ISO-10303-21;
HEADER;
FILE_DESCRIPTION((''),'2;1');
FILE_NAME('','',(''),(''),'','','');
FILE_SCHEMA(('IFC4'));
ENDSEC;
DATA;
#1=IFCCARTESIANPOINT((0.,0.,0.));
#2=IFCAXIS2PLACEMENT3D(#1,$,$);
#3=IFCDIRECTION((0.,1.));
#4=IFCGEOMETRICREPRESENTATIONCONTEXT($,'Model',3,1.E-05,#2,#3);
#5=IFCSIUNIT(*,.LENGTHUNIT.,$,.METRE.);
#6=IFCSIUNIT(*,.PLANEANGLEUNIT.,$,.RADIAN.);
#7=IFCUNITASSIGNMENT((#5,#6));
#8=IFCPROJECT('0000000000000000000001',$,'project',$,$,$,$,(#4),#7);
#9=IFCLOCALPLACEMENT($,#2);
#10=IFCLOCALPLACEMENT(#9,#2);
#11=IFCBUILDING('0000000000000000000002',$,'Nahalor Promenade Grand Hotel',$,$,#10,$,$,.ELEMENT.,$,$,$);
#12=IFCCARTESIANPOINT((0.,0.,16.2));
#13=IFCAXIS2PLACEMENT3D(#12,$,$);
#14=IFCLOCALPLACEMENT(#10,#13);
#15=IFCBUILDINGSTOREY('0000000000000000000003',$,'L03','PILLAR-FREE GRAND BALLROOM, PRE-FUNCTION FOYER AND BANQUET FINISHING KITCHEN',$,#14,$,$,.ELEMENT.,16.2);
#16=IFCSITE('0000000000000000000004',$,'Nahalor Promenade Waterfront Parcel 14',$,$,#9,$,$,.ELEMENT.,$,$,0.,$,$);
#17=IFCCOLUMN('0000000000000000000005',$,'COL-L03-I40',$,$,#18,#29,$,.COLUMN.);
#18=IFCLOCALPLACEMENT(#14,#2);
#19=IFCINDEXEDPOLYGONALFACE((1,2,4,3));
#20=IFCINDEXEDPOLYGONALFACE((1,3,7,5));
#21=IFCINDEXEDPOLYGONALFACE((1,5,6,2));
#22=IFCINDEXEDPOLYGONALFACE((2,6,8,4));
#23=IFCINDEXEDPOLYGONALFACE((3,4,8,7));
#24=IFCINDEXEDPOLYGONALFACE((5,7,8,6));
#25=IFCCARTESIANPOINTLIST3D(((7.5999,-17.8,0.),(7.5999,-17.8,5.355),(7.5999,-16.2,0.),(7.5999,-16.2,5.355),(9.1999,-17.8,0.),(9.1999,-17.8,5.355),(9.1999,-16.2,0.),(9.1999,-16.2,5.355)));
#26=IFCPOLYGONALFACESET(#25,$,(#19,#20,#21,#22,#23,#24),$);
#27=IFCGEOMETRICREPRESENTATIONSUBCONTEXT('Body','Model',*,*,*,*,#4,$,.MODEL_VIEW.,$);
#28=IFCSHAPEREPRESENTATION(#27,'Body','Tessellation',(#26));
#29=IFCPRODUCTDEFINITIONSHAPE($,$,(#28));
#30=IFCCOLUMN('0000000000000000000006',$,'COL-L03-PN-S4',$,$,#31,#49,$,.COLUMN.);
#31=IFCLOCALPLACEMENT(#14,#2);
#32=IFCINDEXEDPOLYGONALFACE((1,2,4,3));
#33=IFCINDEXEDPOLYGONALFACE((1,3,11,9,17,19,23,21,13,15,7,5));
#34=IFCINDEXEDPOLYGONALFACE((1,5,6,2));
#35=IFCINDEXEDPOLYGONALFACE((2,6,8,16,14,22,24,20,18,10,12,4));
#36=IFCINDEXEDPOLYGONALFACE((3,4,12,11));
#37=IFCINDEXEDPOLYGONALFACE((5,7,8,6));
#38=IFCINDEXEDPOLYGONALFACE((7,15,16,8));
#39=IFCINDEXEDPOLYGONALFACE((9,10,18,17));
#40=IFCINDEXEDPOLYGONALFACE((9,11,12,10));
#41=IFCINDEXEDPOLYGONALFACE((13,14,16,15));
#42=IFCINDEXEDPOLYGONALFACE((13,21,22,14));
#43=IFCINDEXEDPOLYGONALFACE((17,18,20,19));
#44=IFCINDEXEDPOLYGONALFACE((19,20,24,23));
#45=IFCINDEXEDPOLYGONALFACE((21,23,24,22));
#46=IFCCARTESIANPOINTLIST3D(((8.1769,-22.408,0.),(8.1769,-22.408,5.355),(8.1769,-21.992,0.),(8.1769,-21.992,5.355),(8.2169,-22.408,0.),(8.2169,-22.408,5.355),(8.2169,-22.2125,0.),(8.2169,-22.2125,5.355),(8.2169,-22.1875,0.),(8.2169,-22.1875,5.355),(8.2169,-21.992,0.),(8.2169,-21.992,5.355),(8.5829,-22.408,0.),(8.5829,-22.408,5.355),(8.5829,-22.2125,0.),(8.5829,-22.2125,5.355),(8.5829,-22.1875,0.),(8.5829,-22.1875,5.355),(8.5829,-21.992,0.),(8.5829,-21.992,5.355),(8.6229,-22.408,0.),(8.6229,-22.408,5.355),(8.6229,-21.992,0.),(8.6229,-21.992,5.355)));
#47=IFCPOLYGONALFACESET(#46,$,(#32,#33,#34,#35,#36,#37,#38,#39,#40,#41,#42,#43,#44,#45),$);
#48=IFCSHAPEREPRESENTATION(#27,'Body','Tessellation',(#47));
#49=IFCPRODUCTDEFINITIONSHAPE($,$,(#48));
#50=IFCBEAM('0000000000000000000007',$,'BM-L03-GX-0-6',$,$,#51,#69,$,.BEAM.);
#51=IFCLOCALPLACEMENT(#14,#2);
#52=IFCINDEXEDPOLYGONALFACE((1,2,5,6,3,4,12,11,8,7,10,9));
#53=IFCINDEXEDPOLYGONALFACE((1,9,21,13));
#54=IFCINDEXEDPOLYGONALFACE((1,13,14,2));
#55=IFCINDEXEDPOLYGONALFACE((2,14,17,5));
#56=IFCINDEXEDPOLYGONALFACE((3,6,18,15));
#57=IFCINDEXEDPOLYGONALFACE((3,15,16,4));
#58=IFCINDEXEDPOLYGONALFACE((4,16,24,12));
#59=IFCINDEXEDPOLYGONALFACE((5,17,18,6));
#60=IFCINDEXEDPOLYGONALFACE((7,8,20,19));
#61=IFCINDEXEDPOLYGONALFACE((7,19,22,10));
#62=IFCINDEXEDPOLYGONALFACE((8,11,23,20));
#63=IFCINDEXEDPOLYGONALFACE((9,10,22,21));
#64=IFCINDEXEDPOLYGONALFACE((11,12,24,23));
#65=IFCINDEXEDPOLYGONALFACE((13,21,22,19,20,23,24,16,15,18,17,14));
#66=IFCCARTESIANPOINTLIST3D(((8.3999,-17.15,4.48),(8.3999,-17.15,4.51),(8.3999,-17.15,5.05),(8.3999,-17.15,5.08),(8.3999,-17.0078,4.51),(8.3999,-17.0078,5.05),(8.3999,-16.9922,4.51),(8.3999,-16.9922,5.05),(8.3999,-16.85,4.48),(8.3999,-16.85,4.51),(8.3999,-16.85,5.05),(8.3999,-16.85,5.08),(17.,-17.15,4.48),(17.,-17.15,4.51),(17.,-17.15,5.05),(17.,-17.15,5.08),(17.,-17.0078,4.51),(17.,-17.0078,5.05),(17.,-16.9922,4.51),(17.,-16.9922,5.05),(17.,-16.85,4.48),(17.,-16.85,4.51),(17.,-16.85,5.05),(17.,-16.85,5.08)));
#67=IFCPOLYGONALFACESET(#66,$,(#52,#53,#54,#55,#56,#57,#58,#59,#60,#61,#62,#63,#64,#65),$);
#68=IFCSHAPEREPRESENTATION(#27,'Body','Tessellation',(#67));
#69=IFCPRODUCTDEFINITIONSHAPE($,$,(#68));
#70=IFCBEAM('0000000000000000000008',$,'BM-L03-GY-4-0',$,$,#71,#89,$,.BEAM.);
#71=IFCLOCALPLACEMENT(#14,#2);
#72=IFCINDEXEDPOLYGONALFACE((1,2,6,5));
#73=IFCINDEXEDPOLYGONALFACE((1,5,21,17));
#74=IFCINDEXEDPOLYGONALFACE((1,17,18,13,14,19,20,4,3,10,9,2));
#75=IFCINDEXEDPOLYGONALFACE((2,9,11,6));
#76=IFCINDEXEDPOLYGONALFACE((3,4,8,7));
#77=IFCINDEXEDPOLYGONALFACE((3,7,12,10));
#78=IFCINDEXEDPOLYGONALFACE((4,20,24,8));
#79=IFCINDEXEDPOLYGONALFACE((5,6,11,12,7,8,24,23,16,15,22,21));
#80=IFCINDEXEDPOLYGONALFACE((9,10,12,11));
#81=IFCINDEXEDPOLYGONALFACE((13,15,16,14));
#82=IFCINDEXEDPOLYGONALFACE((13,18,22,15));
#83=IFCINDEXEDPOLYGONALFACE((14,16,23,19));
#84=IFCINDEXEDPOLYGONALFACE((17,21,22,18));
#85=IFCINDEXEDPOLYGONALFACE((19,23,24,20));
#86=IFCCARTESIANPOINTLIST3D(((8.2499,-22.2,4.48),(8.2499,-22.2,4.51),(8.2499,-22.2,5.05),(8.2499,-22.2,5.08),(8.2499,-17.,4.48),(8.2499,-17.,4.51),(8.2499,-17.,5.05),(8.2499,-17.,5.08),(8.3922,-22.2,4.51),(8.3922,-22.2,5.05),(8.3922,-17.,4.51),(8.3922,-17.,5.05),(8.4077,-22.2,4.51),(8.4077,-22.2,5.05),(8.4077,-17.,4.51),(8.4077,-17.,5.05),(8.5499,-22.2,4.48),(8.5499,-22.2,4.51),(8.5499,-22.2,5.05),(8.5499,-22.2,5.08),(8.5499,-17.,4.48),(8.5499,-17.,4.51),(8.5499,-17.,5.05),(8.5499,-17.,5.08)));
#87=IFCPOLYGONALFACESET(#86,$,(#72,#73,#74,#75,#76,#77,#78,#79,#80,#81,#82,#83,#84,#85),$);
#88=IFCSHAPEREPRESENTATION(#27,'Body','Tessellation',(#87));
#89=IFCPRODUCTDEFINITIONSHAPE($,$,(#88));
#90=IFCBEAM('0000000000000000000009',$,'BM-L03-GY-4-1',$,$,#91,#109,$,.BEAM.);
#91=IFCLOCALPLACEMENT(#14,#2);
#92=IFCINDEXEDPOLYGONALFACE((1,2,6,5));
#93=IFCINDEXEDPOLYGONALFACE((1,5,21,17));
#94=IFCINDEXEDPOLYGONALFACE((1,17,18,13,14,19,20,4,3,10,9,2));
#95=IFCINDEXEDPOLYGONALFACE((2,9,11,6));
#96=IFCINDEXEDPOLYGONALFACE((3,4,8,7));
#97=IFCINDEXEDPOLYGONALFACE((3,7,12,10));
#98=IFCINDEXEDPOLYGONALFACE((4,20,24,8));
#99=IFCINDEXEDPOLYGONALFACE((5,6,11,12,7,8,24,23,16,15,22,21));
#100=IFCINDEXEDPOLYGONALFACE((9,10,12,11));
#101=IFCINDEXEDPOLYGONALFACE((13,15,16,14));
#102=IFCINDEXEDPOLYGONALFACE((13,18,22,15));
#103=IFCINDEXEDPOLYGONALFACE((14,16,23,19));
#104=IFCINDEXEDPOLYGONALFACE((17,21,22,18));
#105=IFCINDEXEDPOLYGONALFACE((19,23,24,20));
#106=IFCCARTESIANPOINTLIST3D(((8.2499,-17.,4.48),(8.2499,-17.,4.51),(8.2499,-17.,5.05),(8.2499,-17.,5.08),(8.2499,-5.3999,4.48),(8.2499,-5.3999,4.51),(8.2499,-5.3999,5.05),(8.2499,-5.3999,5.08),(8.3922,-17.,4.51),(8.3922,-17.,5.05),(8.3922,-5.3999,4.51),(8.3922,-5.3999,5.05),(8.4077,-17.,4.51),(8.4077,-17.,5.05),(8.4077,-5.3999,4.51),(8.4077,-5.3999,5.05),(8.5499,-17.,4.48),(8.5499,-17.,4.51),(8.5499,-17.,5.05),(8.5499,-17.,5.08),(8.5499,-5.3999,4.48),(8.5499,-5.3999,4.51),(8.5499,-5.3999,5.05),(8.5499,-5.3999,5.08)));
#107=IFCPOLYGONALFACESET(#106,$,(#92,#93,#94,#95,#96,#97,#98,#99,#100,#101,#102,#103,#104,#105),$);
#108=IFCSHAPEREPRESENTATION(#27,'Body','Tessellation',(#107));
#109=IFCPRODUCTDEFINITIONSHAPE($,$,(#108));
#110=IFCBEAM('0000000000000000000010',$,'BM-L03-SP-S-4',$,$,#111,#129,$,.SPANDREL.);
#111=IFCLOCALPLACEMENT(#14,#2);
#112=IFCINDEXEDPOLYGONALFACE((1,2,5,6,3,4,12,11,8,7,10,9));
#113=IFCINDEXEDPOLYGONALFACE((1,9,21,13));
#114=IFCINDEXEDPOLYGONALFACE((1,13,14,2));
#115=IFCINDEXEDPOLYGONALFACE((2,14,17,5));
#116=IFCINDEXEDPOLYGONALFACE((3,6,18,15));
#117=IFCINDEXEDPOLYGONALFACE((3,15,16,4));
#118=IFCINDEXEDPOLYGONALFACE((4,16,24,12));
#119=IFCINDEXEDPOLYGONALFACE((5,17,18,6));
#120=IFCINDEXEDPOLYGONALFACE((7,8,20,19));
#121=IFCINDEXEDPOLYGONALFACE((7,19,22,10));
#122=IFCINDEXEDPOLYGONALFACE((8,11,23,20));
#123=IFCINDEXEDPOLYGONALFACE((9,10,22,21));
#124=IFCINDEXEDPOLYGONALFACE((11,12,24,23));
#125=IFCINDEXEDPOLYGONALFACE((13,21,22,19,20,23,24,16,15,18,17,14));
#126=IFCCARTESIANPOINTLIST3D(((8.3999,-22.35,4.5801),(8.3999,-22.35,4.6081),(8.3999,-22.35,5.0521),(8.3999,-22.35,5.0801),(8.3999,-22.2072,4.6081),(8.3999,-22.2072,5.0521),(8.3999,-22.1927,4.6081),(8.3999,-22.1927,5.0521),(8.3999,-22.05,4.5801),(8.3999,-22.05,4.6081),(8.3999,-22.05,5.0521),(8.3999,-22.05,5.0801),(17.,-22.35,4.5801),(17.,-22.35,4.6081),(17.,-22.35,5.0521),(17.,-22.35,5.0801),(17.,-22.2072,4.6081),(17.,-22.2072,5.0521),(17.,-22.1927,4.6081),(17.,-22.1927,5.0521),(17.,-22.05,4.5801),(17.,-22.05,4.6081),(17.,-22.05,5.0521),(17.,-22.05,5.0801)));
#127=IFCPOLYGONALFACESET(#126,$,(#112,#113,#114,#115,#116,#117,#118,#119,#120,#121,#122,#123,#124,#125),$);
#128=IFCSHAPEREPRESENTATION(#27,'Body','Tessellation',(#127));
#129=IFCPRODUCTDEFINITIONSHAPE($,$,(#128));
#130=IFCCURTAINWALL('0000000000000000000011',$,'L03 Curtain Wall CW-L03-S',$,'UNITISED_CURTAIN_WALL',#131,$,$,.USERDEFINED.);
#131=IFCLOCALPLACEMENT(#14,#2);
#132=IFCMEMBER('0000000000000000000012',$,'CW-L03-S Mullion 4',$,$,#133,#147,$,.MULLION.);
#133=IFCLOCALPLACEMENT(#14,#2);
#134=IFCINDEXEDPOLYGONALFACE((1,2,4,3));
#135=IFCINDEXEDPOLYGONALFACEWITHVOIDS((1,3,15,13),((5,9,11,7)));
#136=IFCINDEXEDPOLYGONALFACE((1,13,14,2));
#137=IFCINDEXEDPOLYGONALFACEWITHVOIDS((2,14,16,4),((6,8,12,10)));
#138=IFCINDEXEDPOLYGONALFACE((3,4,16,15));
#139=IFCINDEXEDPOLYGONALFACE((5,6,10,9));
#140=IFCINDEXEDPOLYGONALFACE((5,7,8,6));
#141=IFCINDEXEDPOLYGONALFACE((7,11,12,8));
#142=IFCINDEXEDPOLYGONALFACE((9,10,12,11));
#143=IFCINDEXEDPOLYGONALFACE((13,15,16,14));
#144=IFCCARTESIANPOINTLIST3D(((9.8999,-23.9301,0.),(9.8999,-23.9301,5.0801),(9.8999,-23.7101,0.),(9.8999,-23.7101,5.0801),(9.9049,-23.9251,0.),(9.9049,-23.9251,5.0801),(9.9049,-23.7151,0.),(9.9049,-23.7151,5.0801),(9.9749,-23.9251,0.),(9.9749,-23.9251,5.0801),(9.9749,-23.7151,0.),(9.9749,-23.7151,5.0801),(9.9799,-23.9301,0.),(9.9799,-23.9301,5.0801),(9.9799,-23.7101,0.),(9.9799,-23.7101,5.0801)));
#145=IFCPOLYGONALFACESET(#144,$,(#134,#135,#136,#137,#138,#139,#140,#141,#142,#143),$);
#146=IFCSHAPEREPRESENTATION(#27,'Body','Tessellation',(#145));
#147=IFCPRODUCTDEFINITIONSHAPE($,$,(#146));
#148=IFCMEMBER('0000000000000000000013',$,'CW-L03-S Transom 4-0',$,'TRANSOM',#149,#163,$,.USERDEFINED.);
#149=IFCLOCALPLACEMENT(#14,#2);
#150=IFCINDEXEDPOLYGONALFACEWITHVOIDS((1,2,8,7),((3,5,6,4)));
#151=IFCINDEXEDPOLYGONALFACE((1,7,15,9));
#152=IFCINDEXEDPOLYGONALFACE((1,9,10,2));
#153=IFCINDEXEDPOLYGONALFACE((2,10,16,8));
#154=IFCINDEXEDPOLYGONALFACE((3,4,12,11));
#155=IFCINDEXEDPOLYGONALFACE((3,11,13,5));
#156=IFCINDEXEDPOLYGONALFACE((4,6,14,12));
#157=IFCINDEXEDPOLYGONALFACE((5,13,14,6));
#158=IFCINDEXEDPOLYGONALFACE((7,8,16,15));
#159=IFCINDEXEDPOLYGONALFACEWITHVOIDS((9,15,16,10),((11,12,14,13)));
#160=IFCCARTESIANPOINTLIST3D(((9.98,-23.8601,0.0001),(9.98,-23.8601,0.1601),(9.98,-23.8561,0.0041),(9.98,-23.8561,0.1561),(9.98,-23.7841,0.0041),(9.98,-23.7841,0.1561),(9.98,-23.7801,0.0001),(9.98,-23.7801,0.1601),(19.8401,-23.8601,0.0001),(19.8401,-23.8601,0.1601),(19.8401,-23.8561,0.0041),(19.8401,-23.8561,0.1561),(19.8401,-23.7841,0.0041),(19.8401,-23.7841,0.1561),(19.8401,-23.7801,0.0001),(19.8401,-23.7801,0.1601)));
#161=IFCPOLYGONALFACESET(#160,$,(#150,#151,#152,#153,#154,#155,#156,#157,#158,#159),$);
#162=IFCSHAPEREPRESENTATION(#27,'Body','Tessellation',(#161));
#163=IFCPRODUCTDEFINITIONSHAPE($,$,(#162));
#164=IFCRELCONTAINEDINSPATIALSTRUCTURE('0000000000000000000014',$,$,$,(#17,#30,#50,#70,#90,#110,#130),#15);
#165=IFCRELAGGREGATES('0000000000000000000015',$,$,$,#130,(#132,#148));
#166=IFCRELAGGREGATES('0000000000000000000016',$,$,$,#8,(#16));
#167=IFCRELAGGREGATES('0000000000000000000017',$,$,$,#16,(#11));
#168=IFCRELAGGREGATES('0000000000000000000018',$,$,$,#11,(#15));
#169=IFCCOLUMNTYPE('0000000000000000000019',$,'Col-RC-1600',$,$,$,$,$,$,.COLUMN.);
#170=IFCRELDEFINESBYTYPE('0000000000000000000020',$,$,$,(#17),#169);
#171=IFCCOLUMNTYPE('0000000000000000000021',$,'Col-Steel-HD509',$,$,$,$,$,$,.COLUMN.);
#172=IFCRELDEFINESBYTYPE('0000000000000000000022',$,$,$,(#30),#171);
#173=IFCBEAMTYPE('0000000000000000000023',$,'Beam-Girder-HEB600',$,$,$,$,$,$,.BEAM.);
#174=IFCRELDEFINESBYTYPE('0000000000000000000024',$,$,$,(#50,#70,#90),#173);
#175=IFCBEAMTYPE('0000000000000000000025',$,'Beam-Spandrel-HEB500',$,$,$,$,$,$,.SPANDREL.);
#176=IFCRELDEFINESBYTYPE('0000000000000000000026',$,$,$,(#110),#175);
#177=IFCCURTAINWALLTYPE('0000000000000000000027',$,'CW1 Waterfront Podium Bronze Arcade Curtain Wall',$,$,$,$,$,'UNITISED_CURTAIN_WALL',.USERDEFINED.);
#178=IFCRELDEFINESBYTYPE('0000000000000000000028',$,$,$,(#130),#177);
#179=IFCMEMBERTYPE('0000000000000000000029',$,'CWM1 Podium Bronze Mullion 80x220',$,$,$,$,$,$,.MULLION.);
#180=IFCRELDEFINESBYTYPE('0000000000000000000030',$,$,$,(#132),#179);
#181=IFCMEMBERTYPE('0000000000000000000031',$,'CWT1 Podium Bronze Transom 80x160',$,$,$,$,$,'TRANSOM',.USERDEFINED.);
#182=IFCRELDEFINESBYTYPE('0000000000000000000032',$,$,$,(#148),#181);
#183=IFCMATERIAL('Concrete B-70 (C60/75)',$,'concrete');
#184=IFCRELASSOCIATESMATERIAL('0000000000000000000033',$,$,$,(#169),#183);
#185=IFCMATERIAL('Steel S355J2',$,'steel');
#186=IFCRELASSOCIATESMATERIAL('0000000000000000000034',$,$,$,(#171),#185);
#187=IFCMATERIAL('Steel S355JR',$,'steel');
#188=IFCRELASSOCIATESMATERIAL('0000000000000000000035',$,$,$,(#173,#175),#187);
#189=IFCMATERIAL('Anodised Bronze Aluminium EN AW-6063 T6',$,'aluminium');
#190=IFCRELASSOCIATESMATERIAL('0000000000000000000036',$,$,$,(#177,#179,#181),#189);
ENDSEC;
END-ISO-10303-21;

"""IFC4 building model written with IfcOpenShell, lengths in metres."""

from ifc_helpers import new_model, si_unit, direction, frame, origin, origin_2d, place, context, subcontext, project, spatial, rectangle, hollow_rectangle, i_section, extrude, source, transform, mapped, material, material_profile, profile_set, type_object, element, aggregate, save


model = new_model("IFC4")

# Units and contexts
model_context = context("Model", 3, precision=1e-05, world=origin(), true_north=direction((0.0, 1.0)))
body_context = subcontext(model_context, "Body", "Model", "MODEL_VIEW")
ifc_project = project(units=[si_unit("LENGTHUNIT", "METRE"), si_unit("PLANEANGLEUNIT", "RADIAN")], contexts=[model_context])

# Site, building, storey
site_placement = place(None, origin())
site = spatial("IfcSite", under=ifc_project, at=site_placement, Name="Nahalor Promenade Waterfront Parcel 14", CompositionType="ELEMENT", RefElevation=0.0)
building_placement = place(site_placement, origin())
building = spatial("IfcBuilding", under=site, at=building_placement, Name="Nahalor Promenade Grand Hotel", CompositionType="ELEMENT")
storey_placement = place(building_placement, frame((0.0, 0.0, 16.2)))
storey = spatial("IfcBuildingStorey", under=building, at=storey_placement, Name="L03", Description="PILLAR-FREE GRAND BALLROOM, PRE-FUNCTION FOYER AND BANQUET FINISHING KITCHEN", CompositionType="ELEMENT", Elevation=16.2)

# Columns
ifc_material_1 = material(Name="Concrete B-70 (C60/75)", Category="concrete")
ifc_material_profile_1 = material_profile(ifc_material_1, rectangle(XDim=1.6, YDim=1.6, at=origin_2d()), Name="RC 1600x1600")
ifc_profile_set_1 = profile_set([ifc_material_profile_1], Name="Concrete B-70 (C60/75)")
column_type_1 = type_object("IfcColumnType", Name="Col-RC-1600", PredefinedType="COLUMN", material=ifc_profile_set_1)
shared_shape_1 = source(origin(), body_context, "Body", "SweptSolid", [
    extrude(rectangle(XDim=1.6, YDim=1.6, at=origin_2d()), origin(), (0.0, 0.0, 1.0), 5.355),
])
column_1_placement = place(storey_placement, frame((8.3999, -17.0, 0.0), z_axis=(0.0, 0.0, 1.0), x_axis=(1.0, 0.0, 0.0)))
element("IfcColumn", 1, at=column_1_placement, inside=storey, type_object=column_type_1, Name="COL-L03-I40", PredefinedType="COLUMN", context=body_context, shape_type="MappedRepresentation", body=[
    mapped(shared_shape_1, transform((0.0, 0.0, 0.0), scale=1.0)),
])
ifc_material_2 = material(Name="Steel S355J2", Category="steel")
ifc_material_profile_2 = material_profile(ifc_material_2, i_section(OverallWidth=0.416, OverallDepth=0.446, WebThickness=0.025, FlangeThickness=0.04, at=origin_2d()), Name="HD 400x509")
ifc_profile_set_2 = profile_set([ifc_material_profile_2], Name="Steel S355J2")
column_type_2 = type_object("IfcColumnType", Name="Col-Steel-HD509", PredefinedType="COLUMN", material=ifc_profile_set_2)
shared_shape_2 = source(origin(), body_context, "Body", "SweptSolid", [
    extrude(i_section(OverallWidth=0.416, OverallDepth=0.446, WebThickness=0.025, FlangeThickness=0.04, at=origin_2d()), origin(), (0.0, 0.0, 1.0), 5.355),
])
column_2_placement = place(storey_placement, frame((8.3999, -22.2, 0.0), z_axis=(0.0, 0.0, 1.0), x_axis=(0.0, 1.0, 0.0)))
element("IfcColumn", 2, at=column_2_placement, inside=storey, type_object=column_type_2, Name="COL-L03-PN-S4", PredefinedType="COLUMN", context=body_context, shape_type="MappedRepresentation", body=[
    mapped(shared_shape_2, transform((0.0, 0.0, 0.0), scale=1.0)),
])

# Beams
ifc_material_3 = material(Name="Steel S355JR", Category="steel")
ifc_material_profile_3 = material_profile(ifc_material_3, i_section(OverallWidth=0.3, OverallDepth=0.6, WebThickness=0.0155, FlangeThickness=0.03, at=origin_2d()), Name="HEB 600")
ifc_profile_set_3 = profile_set([ifc_material_profile_3], Name="Steel S355JR")
beam_type_1 = type_object("IfcBeamType", Name="Beam-Girder-HEB600", PredefinedType="BEAM", material=ifc_profile_set_3)
shared_shape_3 = source(origin(), body_context, "Body", "SweptSolid", [
    extrude(i_section(OverallWidth=0.3, OverallDepth=0.6, WebThickness=0.0155, FlangeThickness=0.03, at=origin_2d()), origin(), (0.0, 0.0, 1.0), 8.6001),
])
beam_1_placement = place(storey_placement, frame((8.3999, -17.0, 4.78), z_axis=(1.0, 0.0, 0.0), x_axis=(0.0, 1.0, 0.0)))
element("IfcBeam", 3, at=beam_1_placement, inside=storey, type_object=beam_type_1, Name="BM-L03-GX-0-6", PredefinedType="BEAM", context=body_context, shape_type="MappedRepresentation", body=[
    mapped(shared_shape_3, transform((0.0, 0.0, 0.0), scale=1.0)),
])
shared_shape_4 = source(origin(), body_context, "Body", "SweptSolid", [
    extrude(i_section(OverallWidth=0.3, OverallDepth=0.6, WebThickness=0.0155, FlangeThickness=0.03, at=origin_2d()), origin(), (0.0, 0.0, 1.0), 5.2),
])
beam_2_placement = place(storey_placement, frame((8.3999, -22.2, 4.78), z_axis=(0.0, 1.0, 0.0), x_axis=(-1.0, 0.0, 0.0)))
element("IfcBeam", 4, at=beam_2_placement, inside=storey, type_object=beam_type_1, Name="BM-L03-GY-4-0", PredefinedType="BEAM", context=body_context, shape_type="MappedRepresentation", body=[
    mapped(shared_shape_4, transform((0.0, 0.0, 0.0), scale=1.0)),
])
shared_shape_5 = source(origin(), body_context, "Body", "SweptSolid", [
    extrude(i_section(OverallWidth=0.3, OverallDepth=0.6, WebThickness=0.0155, FlangeThickness=0.03, at=origin_2d()), origin(), (0.0, 0.0, 1.0), 11.6001),
])
beam_3_placement = place(storey_placement, frame((8.3999, -17.0, 4.78), z_axis=(0.0, 1.0, 0.0), x_axis=(-1.0, 0.0, 0.0)))
element("IfcBeam", 5, at=beam_3_placement, inside=storey, type_object=beam_type_1, Name="BM-L03-GY-4-1", PredefinedType="BEAM", context=body_context, shape_type="MappedRepresentation", body=[
    mapped(shared_shape_5, transform((0.0, 0.0, 0.0), scale=1.0)),
])
ifc_material_profile_4 = material_profile(ifc_material_3, i_section(OverallWidth=0.3, OverallDepth=0.5, WebThickness=0.0145, FlangeThickness=0.028, at=origin_2d()), Name="HEB 500")
ifc_profile_set_4 = profile_set([ifc_material_profile_4], Name="Steel S355JR")
beam_type_2 = type_object("IfcBeamType", Name="Beam-Spandrel-HEB500", PredefinedType="SPANDREL", material=ifc_profile_set_4)
shared_shape_6 = source(origin(), body_context, "Body", "SweptSolid", [
    extrude(i_section(OverallWidth=0.3, OverallDepth=0.5, WebThickness=0.0145, FlangeThickness=0.028, at=origin_2d()), origin(), (0.0, 0.0, 1.0), 8.6001),
])
beam_4_placement = place(storey_placement, frame((8.3999, -22.2, 4.8301), z_axis=(1.0, 0.0, 0.0), x_axis=(0.0, 1.0, 0.0)))
element("IfcBeam", 6, at=beam_4_placement, inside=storey, type_object=beam_type_2, Name="BM-L03-SP-S-4", PredefinedType="SPANDREL", context=body_context, shape_type="MappedRepresentation", body=[
    mapped(shared_shape_6, transform((0.0, 0.0, 0.0), scale=1.0)),
])

# Curtain wall, members
ifc_material_4 = material(Name="Anodised Bronze Aluminium EN AW-6063 T6", Category="aluminium")
curtain_wall_type = type_object("IfcCurtainWallType", Name="CW1 Waterfront Podium Bronze Arcade Curtain Wall", ElementType="UNITISED_CURTAIN_WALL", PredefinedType="USERDEFINED", material=ifc_material_4)
curtain_wall_placement = place(storey_placement, origin())
curtain_wall = element("IfcCurtainWall", 7, at=curtain_wall_placement, inside=storey, type_object=curtain_wall_type, Name="L03 Curtain Wall CW-L03-S", ObjectType="UNITISED_CURTAIN_WALL", PredefinedType="USERDEFINED")
ifc_material_profile_5 = material_profile(ifc_material_4, hollow_rectangle(XDim=0.08, YDim=0.22, WallThickness=0.005, at=origin_2d()), Name="CWM 80x220x5")
ifc_profile_set_5 = profile_set([ifc_material_profile_5], Name="Anodised Bronze Aluminium EN AW-6063 T6")
member_type_1 = type_object("IfcMemberType", Name="CWM1 Podium Bronze Mullion 80x220", PredefinedType="MULLION", material=ifc_profile_set_5)
shared_shape_7 = source(origin(), body_context, "Body", "SweptSolid", [
    extrude(hollow_rectangle(XDim=0.08, YDim=0.22, WallThickness=0.005, at=origin_2d()), origin(), (0.0, 0.0, 1.0), 5.0801),
])
member_1_placement = place(storey_placement, frame((9.9399, -23.8201, 0.0), z_axis=(0.0, 0.0, 1.0), x_axis=(1.0, 0.0, 0.0)))
member_1 = element("IfcMember", 8, at=member_1_placement, type_object=member_type_1, Name="CW-L03-S Mullion 4", PredefinedType="MULLION", context=body_context, shape_type="MappedRepresentation", body=[
    mapped(shared_shape_7, transform((0.0, 0.0, 0.0), scale=1.0)),
])
ifc_material_profile_6 = material_profile(ifc_material_4, hollow_rectangle(XDim=0.08, YDim=0.16, WallThickness=0.004, at=origin_2d()), Name="CWT 80x160x4")
ifc_profile_set_6 = profile_set([ifc_material_profile_6], Name="Anodised Bronze Aluminium EN AW-6063 T6")
member_type_2 = type_object("IfcMemberType", Name="CWT1 Podium Bronze Transom 80x160", ElementType="TRANSOM", PredefinedType="USERDEFINED", material=ifc_profile_set_6)
shared_shape_8 = source(origin(), body_context, "Body", "SweptSolid", [
    extrude(hollow_rectangle(XDim=0.08, YDim=0.16, WallThickness=0.004, at=origin_2d()), origin(), (0.0, 0.0, 1.0), 9.8601),
])
member_2_placement = place(storey_placement, frame((9.98, -23.8201, 0.0801), z_axis=(1.0, 0.0, 0.0), x_axis=(0.0, 1.0, 0.0)))
member_2 = element("IfcMember", 9, at=member_2_placement, type_object=member_type_2, Name="CW-L03-S Transom 4-0", ObjectType="TRANSOM", PredefinedType="USERDEFINED", context=body_context, shape_type="MappedRepresentation", body=[
    mapped(shared_shape_8, transform((0.0, 0.0, 0.0), scale=1.0)),
])
aggregate(curtain_wall, [member_1, member_2])

save(model, "model.ifc")
